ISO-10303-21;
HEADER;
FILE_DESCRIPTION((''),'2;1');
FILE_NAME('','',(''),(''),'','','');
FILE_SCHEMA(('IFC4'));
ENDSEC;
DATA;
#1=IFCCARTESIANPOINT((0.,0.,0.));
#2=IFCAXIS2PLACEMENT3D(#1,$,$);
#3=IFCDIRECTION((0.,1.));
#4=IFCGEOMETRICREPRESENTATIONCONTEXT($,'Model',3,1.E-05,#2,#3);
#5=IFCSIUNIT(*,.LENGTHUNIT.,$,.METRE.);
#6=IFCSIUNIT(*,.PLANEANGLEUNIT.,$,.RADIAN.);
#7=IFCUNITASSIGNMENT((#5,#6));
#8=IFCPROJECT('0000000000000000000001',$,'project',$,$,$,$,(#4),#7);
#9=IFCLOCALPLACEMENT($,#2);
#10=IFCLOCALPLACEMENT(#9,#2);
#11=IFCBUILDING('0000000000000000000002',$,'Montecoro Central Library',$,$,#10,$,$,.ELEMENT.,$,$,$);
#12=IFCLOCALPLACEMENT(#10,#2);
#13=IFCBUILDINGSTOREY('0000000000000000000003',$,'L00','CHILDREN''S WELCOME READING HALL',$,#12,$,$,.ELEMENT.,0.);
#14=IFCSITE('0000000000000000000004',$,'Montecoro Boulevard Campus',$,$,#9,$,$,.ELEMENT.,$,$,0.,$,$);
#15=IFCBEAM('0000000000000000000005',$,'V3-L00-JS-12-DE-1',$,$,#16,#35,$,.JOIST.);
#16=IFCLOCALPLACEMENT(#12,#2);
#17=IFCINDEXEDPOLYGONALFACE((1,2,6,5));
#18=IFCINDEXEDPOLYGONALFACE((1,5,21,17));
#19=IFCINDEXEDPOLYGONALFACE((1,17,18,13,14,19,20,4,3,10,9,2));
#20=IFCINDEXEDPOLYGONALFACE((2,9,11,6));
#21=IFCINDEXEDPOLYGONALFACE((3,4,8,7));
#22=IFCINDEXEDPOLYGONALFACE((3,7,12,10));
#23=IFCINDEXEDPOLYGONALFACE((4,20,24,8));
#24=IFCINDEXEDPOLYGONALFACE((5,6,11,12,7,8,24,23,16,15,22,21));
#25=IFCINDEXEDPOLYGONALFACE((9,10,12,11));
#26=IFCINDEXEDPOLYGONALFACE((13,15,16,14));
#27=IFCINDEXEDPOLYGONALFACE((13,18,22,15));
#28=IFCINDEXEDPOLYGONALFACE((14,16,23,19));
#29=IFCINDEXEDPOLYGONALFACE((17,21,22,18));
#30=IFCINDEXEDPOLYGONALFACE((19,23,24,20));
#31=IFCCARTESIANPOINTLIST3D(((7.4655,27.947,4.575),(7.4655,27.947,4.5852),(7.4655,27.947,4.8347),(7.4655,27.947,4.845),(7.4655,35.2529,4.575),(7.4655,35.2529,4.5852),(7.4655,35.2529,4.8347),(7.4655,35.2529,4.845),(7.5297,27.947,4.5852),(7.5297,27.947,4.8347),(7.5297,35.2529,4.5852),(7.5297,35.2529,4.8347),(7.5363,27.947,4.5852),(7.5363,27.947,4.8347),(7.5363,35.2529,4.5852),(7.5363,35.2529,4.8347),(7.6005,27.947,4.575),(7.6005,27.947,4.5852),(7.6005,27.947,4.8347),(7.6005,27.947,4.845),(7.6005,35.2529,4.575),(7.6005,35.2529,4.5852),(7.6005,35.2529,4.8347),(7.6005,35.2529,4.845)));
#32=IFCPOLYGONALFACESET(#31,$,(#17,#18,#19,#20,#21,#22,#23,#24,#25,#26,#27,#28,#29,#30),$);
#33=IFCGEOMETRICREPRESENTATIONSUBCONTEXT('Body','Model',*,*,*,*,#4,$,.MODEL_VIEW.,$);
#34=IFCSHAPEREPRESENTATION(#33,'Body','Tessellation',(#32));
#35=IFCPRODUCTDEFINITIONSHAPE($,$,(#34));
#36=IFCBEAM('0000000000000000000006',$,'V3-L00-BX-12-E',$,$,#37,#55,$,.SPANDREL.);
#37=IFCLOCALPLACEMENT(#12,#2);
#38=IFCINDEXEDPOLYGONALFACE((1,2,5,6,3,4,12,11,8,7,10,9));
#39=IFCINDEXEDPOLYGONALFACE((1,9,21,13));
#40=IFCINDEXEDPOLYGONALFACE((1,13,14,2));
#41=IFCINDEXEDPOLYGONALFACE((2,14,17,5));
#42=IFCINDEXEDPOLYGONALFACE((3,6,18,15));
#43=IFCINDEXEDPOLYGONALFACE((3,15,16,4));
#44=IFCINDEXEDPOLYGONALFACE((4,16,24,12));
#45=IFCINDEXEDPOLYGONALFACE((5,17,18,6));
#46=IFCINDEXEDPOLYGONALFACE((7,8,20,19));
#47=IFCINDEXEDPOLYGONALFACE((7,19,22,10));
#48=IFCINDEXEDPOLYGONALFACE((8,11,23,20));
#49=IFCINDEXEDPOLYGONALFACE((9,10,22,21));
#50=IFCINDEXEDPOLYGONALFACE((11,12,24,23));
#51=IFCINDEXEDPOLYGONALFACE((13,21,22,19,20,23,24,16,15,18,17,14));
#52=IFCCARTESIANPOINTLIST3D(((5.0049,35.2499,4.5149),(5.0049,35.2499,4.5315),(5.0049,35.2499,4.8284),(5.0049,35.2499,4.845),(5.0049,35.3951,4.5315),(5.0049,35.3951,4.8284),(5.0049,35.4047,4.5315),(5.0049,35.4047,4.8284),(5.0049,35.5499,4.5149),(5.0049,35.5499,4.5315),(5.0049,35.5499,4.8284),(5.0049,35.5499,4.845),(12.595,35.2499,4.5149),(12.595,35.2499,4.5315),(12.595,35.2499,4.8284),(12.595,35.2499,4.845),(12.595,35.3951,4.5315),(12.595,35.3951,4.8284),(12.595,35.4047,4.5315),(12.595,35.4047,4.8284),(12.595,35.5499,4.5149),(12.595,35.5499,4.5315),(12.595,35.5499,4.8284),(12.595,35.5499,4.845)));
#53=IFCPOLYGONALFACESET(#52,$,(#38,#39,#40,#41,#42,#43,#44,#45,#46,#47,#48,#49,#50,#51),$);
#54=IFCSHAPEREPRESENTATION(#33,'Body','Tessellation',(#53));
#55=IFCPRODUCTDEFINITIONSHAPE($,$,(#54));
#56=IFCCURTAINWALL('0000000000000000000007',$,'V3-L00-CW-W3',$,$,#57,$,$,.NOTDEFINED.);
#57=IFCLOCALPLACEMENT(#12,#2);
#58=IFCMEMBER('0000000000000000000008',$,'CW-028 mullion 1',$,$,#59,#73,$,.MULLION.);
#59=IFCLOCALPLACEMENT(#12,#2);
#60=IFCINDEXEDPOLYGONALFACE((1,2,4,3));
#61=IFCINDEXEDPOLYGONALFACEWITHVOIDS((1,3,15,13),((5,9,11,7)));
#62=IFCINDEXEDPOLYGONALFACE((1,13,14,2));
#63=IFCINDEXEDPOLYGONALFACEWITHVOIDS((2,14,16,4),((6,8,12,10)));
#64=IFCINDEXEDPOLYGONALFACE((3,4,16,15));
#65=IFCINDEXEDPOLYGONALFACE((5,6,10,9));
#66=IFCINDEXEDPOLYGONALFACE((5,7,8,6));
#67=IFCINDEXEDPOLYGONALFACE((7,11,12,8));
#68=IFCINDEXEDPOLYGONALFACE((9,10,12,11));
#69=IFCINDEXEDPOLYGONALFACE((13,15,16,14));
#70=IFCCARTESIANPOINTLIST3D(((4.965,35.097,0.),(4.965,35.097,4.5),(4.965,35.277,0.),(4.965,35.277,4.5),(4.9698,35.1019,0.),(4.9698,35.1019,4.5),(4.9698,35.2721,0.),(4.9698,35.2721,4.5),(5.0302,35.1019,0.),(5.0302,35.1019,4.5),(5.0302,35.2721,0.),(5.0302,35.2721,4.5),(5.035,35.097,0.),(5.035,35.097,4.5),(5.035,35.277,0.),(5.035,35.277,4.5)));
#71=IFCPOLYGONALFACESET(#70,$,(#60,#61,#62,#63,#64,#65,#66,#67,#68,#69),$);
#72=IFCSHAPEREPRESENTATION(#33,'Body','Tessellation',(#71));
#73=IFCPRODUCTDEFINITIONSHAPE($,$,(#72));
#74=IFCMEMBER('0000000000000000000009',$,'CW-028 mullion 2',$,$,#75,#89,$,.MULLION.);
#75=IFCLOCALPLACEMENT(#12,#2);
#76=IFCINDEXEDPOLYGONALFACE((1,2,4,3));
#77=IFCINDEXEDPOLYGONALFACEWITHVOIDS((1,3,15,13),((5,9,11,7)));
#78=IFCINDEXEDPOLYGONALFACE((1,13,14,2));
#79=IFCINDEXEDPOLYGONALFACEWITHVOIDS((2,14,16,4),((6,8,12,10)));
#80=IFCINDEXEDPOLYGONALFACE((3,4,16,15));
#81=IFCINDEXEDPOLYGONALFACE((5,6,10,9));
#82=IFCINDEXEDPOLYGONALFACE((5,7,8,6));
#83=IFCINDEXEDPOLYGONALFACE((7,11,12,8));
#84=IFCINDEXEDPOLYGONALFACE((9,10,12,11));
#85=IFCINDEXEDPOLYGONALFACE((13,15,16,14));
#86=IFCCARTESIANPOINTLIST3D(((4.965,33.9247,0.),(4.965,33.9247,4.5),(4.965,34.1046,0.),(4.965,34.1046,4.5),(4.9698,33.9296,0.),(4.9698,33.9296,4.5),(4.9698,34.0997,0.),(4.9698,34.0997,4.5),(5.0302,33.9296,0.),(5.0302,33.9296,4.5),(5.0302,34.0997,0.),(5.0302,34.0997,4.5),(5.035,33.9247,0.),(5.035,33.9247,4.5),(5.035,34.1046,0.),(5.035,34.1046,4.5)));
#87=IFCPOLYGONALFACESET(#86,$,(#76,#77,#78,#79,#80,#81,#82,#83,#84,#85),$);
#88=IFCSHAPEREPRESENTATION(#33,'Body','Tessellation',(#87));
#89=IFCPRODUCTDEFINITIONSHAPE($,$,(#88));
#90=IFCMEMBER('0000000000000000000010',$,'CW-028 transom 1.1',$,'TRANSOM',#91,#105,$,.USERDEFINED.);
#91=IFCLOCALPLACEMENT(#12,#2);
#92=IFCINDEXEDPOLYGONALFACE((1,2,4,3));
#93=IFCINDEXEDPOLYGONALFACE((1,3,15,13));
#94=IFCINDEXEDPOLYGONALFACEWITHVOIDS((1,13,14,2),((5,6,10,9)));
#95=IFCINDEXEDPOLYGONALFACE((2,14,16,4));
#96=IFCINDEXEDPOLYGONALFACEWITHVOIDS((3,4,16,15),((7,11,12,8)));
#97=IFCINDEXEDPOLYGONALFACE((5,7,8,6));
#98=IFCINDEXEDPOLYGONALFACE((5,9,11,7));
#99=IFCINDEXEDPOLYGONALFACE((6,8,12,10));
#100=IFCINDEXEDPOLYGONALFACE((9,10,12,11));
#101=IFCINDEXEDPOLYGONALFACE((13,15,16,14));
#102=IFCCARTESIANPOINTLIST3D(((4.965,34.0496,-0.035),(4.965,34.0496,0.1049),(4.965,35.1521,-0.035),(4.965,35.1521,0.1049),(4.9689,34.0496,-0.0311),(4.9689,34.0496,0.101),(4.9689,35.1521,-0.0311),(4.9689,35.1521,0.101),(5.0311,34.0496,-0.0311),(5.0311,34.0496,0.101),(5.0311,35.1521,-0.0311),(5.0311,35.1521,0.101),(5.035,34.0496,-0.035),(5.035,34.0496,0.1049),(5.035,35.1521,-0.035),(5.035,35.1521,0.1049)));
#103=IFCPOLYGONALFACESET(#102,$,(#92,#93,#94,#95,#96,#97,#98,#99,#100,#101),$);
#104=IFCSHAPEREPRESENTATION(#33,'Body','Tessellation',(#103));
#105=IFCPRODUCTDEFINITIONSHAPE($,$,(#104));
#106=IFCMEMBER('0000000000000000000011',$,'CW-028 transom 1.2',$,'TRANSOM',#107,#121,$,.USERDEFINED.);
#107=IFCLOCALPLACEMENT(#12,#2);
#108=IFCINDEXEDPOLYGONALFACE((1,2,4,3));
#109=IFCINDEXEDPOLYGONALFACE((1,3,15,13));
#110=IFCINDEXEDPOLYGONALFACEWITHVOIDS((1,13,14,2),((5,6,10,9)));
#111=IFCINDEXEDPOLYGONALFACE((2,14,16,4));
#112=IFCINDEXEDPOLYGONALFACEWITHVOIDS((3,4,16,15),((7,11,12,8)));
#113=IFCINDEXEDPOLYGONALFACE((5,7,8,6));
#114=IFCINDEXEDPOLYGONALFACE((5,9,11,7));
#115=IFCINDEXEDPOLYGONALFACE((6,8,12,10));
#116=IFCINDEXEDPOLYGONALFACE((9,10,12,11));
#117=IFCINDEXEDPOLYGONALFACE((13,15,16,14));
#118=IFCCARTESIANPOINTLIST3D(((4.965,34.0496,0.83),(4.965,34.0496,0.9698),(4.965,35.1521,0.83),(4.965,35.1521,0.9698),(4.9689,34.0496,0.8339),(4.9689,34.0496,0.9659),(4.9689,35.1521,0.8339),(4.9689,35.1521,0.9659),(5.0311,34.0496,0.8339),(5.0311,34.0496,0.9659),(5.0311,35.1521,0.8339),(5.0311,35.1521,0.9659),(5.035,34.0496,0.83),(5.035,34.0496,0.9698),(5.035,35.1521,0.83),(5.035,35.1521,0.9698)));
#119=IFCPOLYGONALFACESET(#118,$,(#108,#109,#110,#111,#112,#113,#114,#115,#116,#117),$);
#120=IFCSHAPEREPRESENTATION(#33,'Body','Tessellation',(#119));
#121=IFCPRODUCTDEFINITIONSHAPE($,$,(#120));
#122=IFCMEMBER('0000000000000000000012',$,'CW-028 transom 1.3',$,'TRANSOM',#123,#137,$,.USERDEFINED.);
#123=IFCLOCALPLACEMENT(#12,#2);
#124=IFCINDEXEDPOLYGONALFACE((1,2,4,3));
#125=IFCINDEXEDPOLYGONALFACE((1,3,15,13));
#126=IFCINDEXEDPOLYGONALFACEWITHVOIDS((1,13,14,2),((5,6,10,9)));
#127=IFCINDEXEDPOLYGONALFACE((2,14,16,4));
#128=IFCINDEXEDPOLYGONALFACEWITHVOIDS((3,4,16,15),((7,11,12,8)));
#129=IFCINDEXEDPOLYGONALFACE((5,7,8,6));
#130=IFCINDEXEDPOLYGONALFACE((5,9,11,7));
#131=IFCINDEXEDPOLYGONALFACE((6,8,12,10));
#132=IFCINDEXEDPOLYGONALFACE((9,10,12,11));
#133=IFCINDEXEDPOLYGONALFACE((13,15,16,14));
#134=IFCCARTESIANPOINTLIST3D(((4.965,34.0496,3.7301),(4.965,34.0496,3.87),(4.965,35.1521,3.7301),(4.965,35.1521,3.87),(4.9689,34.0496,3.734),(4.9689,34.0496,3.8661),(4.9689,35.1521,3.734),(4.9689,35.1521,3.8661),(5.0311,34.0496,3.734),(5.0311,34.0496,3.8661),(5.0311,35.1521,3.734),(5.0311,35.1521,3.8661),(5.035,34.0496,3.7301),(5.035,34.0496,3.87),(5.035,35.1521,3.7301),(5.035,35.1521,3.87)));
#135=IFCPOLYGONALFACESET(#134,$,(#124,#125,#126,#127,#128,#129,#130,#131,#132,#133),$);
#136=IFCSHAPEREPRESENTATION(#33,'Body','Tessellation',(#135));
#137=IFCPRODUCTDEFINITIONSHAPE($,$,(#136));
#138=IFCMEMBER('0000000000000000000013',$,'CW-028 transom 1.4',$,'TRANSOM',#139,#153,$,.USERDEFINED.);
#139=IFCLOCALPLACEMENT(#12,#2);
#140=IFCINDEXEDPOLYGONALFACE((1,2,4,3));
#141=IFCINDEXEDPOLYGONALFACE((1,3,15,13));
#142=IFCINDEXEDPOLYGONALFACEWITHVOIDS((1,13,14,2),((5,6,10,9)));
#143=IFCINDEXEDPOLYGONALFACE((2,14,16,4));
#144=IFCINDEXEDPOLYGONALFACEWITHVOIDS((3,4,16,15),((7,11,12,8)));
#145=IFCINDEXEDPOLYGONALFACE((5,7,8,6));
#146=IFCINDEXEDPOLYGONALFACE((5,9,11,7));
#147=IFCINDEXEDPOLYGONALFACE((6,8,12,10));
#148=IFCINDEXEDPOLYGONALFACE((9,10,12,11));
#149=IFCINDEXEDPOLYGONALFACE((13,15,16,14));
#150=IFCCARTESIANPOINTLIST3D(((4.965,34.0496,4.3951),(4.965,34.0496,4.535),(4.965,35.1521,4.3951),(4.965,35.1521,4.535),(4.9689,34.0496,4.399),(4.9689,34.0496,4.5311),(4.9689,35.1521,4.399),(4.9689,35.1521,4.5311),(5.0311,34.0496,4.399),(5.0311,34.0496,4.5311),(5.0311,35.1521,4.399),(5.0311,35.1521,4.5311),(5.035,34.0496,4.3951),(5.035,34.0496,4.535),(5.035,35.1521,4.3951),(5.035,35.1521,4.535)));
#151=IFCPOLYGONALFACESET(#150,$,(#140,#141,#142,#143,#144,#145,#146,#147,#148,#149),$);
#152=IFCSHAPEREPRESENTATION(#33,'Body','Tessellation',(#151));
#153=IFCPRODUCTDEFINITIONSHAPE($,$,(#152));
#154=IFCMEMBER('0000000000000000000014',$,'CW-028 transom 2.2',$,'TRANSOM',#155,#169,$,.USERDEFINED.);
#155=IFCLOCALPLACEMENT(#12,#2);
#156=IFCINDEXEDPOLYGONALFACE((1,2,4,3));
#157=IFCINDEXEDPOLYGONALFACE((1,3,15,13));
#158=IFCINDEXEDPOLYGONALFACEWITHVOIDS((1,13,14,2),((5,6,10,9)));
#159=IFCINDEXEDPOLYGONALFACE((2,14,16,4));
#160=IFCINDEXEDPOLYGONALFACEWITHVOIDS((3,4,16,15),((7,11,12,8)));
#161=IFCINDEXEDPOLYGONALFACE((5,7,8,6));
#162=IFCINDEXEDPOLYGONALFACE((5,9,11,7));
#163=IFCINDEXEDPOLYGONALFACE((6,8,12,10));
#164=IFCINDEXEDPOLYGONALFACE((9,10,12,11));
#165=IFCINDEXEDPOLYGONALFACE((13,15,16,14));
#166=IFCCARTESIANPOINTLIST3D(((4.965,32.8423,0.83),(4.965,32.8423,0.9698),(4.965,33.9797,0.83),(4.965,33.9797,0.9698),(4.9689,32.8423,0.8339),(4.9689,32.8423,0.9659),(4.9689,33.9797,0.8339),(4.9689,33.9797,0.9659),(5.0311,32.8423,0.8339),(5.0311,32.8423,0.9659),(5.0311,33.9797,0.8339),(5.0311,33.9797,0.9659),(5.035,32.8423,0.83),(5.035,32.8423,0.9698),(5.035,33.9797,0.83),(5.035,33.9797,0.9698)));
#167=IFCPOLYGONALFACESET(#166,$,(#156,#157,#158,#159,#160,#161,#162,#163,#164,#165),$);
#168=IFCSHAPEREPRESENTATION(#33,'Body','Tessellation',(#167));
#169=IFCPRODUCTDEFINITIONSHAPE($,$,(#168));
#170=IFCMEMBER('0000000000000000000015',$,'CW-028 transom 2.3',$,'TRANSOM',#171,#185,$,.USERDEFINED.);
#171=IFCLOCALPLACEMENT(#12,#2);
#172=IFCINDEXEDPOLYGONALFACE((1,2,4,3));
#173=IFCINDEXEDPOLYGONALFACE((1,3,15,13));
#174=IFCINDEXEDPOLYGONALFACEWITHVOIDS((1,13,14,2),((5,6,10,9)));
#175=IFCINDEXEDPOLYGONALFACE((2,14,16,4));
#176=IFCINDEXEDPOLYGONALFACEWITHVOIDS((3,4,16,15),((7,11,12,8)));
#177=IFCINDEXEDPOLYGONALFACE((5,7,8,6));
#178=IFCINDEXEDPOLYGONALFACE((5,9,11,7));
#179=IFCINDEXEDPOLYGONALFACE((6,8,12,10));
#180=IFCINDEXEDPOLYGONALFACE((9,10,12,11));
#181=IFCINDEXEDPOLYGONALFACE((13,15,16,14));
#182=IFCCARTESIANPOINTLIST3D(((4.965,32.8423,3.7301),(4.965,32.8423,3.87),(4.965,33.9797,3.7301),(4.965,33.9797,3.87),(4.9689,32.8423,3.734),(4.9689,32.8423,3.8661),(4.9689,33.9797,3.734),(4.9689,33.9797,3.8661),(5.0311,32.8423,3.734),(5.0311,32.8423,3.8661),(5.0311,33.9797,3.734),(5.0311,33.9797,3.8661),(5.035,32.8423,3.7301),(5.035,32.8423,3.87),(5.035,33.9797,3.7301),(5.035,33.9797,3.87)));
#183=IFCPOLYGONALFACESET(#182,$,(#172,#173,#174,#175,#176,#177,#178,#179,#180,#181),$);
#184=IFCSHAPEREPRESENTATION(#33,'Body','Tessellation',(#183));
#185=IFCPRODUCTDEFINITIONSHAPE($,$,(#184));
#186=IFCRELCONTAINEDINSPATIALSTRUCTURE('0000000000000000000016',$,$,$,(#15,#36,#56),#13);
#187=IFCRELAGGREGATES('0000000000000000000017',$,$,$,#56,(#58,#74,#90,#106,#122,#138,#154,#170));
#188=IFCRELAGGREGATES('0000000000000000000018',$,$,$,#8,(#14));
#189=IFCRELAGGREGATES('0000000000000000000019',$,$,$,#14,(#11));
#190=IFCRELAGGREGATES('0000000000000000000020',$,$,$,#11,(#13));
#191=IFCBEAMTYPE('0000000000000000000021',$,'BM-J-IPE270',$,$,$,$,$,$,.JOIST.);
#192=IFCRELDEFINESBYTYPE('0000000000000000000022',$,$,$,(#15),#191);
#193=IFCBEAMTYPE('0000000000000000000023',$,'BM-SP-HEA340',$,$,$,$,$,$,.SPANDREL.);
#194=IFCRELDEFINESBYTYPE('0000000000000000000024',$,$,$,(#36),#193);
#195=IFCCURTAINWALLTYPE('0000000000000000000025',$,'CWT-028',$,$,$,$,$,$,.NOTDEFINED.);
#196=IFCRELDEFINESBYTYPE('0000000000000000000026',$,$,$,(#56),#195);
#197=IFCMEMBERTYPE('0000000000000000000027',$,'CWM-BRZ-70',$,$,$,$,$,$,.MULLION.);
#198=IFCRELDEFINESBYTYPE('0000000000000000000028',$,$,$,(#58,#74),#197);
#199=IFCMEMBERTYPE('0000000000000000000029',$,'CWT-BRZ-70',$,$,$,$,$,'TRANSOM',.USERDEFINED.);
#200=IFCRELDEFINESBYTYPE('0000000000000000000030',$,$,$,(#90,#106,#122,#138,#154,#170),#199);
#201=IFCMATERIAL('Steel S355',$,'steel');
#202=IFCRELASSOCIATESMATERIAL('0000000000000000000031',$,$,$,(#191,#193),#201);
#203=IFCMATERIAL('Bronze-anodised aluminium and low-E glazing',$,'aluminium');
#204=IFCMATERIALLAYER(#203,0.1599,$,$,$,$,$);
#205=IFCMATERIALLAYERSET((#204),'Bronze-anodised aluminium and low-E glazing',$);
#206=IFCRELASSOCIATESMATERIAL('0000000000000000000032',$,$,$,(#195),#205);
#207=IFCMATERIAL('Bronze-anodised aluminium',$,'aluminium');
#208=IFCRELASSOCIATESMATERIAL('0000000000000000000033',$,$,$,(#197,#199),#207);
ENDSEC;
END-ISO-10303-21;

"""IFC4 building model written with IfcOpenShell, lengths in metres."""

from ifc_helpers import new_model, si_unit, direction, frame, origin, origin_2d, place, context, subcontext, project, spatial, hollow_rectangle, i_section, extrude, material, layer, layer_set, material_profile, profile_set, type_object, element, aggregate, save


model = new_model("IFC4")

# Units and contexts
model_context = context("Model", 3, precision=1e-05, world=origin(), true_north=direction((0.0, 1.0)))
body_context = subcontext(model_context, "Body", "Model", "MODEL_VIEW")
ifc_project = project(units=[si_unit("LENGTHUNIT", "METRE"), si_unit("PLANEANGLEUNIT", "RADIAN")], contexts=[model_context])

# Site, building, storey
site_placement = place(None, origin())
site = spatial("IfcSite", under=ifc_project, at=site_placement, Name="Montecoro Boulevard Campus", CompositionType="ELEMENT", RefElevation=0.0)
building_placement = place(site_placement, origin())
building = spatial("IfcBuilding", under=site, at=building_placement, Name="Montecoro Central Library", CompositionType="ELEMENT")
storey_placement = place(building_placement, origin())
storey = spatial("IfcBuildingStorey", under=building, at=storey_placement, Name="L00", Description="CHILDREN'S WELCOME READING HALL", CompositionType="ELEMENT", Elevation=0.0)

# Shared definitions
ifc_material_1 = material(Name="Steel S355", Category="steel")

# Beams
ifc_material_profile_1 = material_profile(ifc_material_1, i_section(OverallWidth=0.135, OverallDepth=0.27, WebThickness=0.0066, FlangeThickness=0.0103, at=origin_2d()), Name="IPE 270")
ifc_profile_set_1 = profile_set([ifc_material_profile_1], Name="Steel S355")
beam_type_1 = type_object("IfcBeamType", Name="BM-J-IPE270", PredefinedType="JOIST", material=ifc_profile_set_1)
beam_1_placement = place(storey_placement, frame((7.533, 27.947, 4.71), z_axis=(0.0, 1.0, 0.0), x_axis=(-1.0, 0.0, 0.0)))
element("IfcBeam", 1, at=beam_1_placement, inside=storey, type_object=beam_type_1, Name="V3-L00-JS-12-DE-1", PredefinedType="JOIST", context=body_context, shape_type="SweptSolid", body=[
    extrude(i_section(OverallWidth=0.135, OverallDepth=0.27, WebThickness=0.0066, FlangeThickness=0.0103, at=origin_2d()), origin(), (0.0, 0.0, 1.0), 7.3059),
])
ifc_material_profile_2 = material_profile(ifc_material_1, i_section(OverallWidth=0.3, OverallDepth=0.3301, WebThickness=0.0095, FlangeThickness=0.0166, at=origin_2d()), Name="HEA 340")
ifc_profile_set_2 = profile_set([ifc_material_profile_2], Name="Steel S355")
beam_type_2 = type_object("IfcBeamType", Name="BM-SP-HEA340", PredefinedType="SPANDREL", material=ifc_profile_set_2)
beam_2_placement = place(storey_placement, frame((5.0049, 35.3999, 4.6799), z_axis=(1.0, 0.0, 0.0), x_axis=(0.0, 1.0, 0.0)))
element("IfcBeam", 2, at=beam_2_placement, inside=storey, type_object=beam_type_2, Name="V3-L00-BX-12-E", PredefinedType="SPANDREL", context=body_context, shape_type="SweptSolid", body=[
    extrude(i_section(OverallWidth=0.3, OverallDepth=0.3301, WebThickness=0.0095, FlangeThickness=0.0166, at=origin_2d()), origin(), (0.0, 0.0, 1.0), 7.5901),
])

# Curtain wall, members
ifc_material_2 = material(Name="Bronze-anodised aluminium and low-E glazing", Category="aluminium")
ifc_layer_1 = layer(ifc_material_2, 0.1599)
ifc_layer_set_1 = layer_set([ifc_layer_1], Name="Bronze-anodised aluminium and low-E glazing")
curtain_wall_type = type_object("IfcCurtainWallType", Name="CWT-028", PredefinedType="NOTDEFINED", material=ifc_layer_set_1)
curtain_wall_placement = place(storey_placement, origin())
curtain_wall = element("IfcCurtainWall", 3, at=curtain_wall_placement, inside=storey, type_object=curtain_wall_type, Name="V3-L00-CW-W3", PredefinedType="NOTDEFINED")
ifc_material_3 = material(Name="Bronze-anodised aluminium", Category="aluminium")
ifc_material_profile_3 = material_profile(ifc_material_3, hollow_rectangle(XDim=0.0701, YDim=0.1799, WallThickness=0.0049, at=origin_2d()), Name="CWM 180x70x5.0")
ifc_profile_set_3 = profile_set([ifc_material_profile_3], Name="Bronze-anodised aluminium")
member_type_1 = type_object("IfcMemberType", Name="CWM-BRZ-70", PredefinedType="MULLION", material=ifc_profile_set_3)
member_1_placement = place(storey_placement, frame((5.0, 35.187, 0.0), z_axis=(0.0, 0.0, 1.0), x_axis=(1.0, 0.0, 0.0)))
member_1 = element("IfcMember", 4, at=member_1_placement, type_object=member_type_1, Name="CW-028 mullion 1", PredefinedType="MULLION", context=body_context, shape_type="SweptSolid", body=[
    extrude(hollow_rectangle(XDim=0.0701, YDim=0.1799, WallThickness=0.0049, at=origin_2d()), origin(), (0.0, 0.0, 1.0), 4.5),
])
member_2_placement = place(storey_placement, frame((5.0, 34.0146, 0.0), z_axis=(0.0, 0.0, 1.0), x_axis=(1.0, 0.0, 0.0)))
member_2 = element("IfcMember", 5, at=member_2_placement, type_object=member_type_1, Name="CW-028 mullion 2", PredefinedType="MULLION", context=body_context, shape_type="SweptSolid", body=[
    extrude(hollow_rectangle(XDim=0.0701, YDim=0.1799, WallThickness=0.0049, at=origin_2d()), origin(), (0.0, 0.0, 1.0), 4.5),
])
ifc_material_profile_4 = material_profile(ifc_material_3, hollow_rectangle(XDim=0.0701, YDim=0.1399, WallThickness=0.0039, at=origin_2d()), Name="CWT 140x70x4.0")
ifc_profile_set_4 = profile_set([ifc_material_profile_4], Name="Bronze-anodised aluminium")
member_type_2 = type_object("IfcMemberType", Name="CWT-BRZ-70", ElementType="TRANSOM", PredefinedType="USERDEFINED", material=ifc_profile_set_4)
member_3_placement = place(storey_placement, frame((5.0, 35.1521, 0.0349), z_axis=(0.0, -1.0, 0.0), x_axis=(1.0, 0.0, 0.0)))
member_3 = element("IfcMember", 6, at=member_3_placement, type_object=member_type_2, Name="CW-028 transom 1.1", ObjectType="TRANSOM", PredefinedType="USERDEFINED", context=body_context, shape_type="SweptSolid", body=[
    extrude(hollow_rectangle(XDim=0.0701, YDim=0.1399, WallThickness=0.0039, at=origin_2d()), origin(), (0.0, 0.0, 1.0), 1.1025),
])
member_4_placement = place(storey_placement, frame((5.0, 35.1521, 0.8999), z_axis=(0.0, -1.0, 0.0), x_axis=(1.0, 0.0, 0.0)))
member_4 = element("IfcMember", 7, at=member_4_placement, type_object=member_type_2, Name="CW-028 transom 1.2", ObjectType="TRANSOM", PredefinedType="USERDEFINED", context=body_context, shape_type="SweptSolid", body=[
    extrude(hollow_rectangle(XDim=0.0701, YDim=0.1399, WallThickness=0.0039, at=origin_2d()), origin(), (0.0, 0.0, 1.0), 1.1025),
])
member_5_placement = place(storey_placement, frame((5.0, 35.1521, 3.8), z_axis=(0.0, -1.0, 0.0), x_axis=(1.0, 0.0, 0.0)))
member_5 = element("IfcMember", 8, at=member_5_placement, type_object=member_type_2, Name="CW-028 transom 1.3", ObjectType="TRANSOM", PredefinedType="USERDEFINED", context=body_context, shape_type="SweptSolid", body=[
    extrude(hollow_rectangle(XDim=0.0701, YDim=0.1399, WallThickness=0.0039, at=origin_2d()), origin(), (0.0, 0.0, 1.0), 1.1025),
])
member_6_placement = place(storey_placement, frame((5.0, 35.1521, 4.4651), z_axis=(0.0, -1.0, 0.0), x_axis=(1.0, 0.0, 0.0)))
member_6 = element("IfcMember", 9, at=member_6_placement, type_object=member_type_2, Name="CW-028 transom 1.4", ObjectType="TRANSOM", PredefinedType="USERDEFINED", context=body_context, shape_type="SweptSolid", body=[
    extrude(hollow_rectangle(XDim=0.0701, YDim=0.1399, WallThickness=0.0039, at=origin_2d()), origin(), (0.0, 0.0, 1.0), 1.1025),
])
member_7_placement = place(storey_placement, frame((5.0, 33.9797, 0.8999), z_axis=(0.0, -1.0, 0.0), x_axis=(1.0, 0.0, 0.0)))
member_7 = element("IfcMember", 10, at=member_7_placement, type_object=member_type_2, Name="CW-028 transom 2.2", ObjectType="TRANSOM", PredefinedType="USERDEFINED", context=body_context, shape_type="SweptSolid", body=[
    extrude(hollow_rectangle(XDim=0.0701, YDim=0.1399, WallThickness=0.0039, at=origin_2d()), origin(), (0.0, 0.0, 1.0), 1.1375),
])
member_8_placement = place(storey_placement, frame((5.0, 33.9797, 3.8), z_axis=(0.0, -1.0, 0.0), x_axis=(1.0, 0.0, 0.0)))
member_8 = element("IfcMember", 11, at=member_8_placement, type_object=member_type_2, Name="CW-028 transom 2.3", ObjectType="TRANSOM", PredefinedType="USERDEFINED", context=body_context, shape_type="SweptSolid", body=[
    extrude(hollow_rectangle(XDim=0.0701, YDim=0.1399, WallThickness=0.0039, at=origin_2d()), origin(), (0.0, 0.0, 1.0), 1.1375),
])
aggregate(curtain_wall, [member_1, member_2, member_3, member_4, member_5, member_6, member_7, member_8])

save(model, "model.ifc")
